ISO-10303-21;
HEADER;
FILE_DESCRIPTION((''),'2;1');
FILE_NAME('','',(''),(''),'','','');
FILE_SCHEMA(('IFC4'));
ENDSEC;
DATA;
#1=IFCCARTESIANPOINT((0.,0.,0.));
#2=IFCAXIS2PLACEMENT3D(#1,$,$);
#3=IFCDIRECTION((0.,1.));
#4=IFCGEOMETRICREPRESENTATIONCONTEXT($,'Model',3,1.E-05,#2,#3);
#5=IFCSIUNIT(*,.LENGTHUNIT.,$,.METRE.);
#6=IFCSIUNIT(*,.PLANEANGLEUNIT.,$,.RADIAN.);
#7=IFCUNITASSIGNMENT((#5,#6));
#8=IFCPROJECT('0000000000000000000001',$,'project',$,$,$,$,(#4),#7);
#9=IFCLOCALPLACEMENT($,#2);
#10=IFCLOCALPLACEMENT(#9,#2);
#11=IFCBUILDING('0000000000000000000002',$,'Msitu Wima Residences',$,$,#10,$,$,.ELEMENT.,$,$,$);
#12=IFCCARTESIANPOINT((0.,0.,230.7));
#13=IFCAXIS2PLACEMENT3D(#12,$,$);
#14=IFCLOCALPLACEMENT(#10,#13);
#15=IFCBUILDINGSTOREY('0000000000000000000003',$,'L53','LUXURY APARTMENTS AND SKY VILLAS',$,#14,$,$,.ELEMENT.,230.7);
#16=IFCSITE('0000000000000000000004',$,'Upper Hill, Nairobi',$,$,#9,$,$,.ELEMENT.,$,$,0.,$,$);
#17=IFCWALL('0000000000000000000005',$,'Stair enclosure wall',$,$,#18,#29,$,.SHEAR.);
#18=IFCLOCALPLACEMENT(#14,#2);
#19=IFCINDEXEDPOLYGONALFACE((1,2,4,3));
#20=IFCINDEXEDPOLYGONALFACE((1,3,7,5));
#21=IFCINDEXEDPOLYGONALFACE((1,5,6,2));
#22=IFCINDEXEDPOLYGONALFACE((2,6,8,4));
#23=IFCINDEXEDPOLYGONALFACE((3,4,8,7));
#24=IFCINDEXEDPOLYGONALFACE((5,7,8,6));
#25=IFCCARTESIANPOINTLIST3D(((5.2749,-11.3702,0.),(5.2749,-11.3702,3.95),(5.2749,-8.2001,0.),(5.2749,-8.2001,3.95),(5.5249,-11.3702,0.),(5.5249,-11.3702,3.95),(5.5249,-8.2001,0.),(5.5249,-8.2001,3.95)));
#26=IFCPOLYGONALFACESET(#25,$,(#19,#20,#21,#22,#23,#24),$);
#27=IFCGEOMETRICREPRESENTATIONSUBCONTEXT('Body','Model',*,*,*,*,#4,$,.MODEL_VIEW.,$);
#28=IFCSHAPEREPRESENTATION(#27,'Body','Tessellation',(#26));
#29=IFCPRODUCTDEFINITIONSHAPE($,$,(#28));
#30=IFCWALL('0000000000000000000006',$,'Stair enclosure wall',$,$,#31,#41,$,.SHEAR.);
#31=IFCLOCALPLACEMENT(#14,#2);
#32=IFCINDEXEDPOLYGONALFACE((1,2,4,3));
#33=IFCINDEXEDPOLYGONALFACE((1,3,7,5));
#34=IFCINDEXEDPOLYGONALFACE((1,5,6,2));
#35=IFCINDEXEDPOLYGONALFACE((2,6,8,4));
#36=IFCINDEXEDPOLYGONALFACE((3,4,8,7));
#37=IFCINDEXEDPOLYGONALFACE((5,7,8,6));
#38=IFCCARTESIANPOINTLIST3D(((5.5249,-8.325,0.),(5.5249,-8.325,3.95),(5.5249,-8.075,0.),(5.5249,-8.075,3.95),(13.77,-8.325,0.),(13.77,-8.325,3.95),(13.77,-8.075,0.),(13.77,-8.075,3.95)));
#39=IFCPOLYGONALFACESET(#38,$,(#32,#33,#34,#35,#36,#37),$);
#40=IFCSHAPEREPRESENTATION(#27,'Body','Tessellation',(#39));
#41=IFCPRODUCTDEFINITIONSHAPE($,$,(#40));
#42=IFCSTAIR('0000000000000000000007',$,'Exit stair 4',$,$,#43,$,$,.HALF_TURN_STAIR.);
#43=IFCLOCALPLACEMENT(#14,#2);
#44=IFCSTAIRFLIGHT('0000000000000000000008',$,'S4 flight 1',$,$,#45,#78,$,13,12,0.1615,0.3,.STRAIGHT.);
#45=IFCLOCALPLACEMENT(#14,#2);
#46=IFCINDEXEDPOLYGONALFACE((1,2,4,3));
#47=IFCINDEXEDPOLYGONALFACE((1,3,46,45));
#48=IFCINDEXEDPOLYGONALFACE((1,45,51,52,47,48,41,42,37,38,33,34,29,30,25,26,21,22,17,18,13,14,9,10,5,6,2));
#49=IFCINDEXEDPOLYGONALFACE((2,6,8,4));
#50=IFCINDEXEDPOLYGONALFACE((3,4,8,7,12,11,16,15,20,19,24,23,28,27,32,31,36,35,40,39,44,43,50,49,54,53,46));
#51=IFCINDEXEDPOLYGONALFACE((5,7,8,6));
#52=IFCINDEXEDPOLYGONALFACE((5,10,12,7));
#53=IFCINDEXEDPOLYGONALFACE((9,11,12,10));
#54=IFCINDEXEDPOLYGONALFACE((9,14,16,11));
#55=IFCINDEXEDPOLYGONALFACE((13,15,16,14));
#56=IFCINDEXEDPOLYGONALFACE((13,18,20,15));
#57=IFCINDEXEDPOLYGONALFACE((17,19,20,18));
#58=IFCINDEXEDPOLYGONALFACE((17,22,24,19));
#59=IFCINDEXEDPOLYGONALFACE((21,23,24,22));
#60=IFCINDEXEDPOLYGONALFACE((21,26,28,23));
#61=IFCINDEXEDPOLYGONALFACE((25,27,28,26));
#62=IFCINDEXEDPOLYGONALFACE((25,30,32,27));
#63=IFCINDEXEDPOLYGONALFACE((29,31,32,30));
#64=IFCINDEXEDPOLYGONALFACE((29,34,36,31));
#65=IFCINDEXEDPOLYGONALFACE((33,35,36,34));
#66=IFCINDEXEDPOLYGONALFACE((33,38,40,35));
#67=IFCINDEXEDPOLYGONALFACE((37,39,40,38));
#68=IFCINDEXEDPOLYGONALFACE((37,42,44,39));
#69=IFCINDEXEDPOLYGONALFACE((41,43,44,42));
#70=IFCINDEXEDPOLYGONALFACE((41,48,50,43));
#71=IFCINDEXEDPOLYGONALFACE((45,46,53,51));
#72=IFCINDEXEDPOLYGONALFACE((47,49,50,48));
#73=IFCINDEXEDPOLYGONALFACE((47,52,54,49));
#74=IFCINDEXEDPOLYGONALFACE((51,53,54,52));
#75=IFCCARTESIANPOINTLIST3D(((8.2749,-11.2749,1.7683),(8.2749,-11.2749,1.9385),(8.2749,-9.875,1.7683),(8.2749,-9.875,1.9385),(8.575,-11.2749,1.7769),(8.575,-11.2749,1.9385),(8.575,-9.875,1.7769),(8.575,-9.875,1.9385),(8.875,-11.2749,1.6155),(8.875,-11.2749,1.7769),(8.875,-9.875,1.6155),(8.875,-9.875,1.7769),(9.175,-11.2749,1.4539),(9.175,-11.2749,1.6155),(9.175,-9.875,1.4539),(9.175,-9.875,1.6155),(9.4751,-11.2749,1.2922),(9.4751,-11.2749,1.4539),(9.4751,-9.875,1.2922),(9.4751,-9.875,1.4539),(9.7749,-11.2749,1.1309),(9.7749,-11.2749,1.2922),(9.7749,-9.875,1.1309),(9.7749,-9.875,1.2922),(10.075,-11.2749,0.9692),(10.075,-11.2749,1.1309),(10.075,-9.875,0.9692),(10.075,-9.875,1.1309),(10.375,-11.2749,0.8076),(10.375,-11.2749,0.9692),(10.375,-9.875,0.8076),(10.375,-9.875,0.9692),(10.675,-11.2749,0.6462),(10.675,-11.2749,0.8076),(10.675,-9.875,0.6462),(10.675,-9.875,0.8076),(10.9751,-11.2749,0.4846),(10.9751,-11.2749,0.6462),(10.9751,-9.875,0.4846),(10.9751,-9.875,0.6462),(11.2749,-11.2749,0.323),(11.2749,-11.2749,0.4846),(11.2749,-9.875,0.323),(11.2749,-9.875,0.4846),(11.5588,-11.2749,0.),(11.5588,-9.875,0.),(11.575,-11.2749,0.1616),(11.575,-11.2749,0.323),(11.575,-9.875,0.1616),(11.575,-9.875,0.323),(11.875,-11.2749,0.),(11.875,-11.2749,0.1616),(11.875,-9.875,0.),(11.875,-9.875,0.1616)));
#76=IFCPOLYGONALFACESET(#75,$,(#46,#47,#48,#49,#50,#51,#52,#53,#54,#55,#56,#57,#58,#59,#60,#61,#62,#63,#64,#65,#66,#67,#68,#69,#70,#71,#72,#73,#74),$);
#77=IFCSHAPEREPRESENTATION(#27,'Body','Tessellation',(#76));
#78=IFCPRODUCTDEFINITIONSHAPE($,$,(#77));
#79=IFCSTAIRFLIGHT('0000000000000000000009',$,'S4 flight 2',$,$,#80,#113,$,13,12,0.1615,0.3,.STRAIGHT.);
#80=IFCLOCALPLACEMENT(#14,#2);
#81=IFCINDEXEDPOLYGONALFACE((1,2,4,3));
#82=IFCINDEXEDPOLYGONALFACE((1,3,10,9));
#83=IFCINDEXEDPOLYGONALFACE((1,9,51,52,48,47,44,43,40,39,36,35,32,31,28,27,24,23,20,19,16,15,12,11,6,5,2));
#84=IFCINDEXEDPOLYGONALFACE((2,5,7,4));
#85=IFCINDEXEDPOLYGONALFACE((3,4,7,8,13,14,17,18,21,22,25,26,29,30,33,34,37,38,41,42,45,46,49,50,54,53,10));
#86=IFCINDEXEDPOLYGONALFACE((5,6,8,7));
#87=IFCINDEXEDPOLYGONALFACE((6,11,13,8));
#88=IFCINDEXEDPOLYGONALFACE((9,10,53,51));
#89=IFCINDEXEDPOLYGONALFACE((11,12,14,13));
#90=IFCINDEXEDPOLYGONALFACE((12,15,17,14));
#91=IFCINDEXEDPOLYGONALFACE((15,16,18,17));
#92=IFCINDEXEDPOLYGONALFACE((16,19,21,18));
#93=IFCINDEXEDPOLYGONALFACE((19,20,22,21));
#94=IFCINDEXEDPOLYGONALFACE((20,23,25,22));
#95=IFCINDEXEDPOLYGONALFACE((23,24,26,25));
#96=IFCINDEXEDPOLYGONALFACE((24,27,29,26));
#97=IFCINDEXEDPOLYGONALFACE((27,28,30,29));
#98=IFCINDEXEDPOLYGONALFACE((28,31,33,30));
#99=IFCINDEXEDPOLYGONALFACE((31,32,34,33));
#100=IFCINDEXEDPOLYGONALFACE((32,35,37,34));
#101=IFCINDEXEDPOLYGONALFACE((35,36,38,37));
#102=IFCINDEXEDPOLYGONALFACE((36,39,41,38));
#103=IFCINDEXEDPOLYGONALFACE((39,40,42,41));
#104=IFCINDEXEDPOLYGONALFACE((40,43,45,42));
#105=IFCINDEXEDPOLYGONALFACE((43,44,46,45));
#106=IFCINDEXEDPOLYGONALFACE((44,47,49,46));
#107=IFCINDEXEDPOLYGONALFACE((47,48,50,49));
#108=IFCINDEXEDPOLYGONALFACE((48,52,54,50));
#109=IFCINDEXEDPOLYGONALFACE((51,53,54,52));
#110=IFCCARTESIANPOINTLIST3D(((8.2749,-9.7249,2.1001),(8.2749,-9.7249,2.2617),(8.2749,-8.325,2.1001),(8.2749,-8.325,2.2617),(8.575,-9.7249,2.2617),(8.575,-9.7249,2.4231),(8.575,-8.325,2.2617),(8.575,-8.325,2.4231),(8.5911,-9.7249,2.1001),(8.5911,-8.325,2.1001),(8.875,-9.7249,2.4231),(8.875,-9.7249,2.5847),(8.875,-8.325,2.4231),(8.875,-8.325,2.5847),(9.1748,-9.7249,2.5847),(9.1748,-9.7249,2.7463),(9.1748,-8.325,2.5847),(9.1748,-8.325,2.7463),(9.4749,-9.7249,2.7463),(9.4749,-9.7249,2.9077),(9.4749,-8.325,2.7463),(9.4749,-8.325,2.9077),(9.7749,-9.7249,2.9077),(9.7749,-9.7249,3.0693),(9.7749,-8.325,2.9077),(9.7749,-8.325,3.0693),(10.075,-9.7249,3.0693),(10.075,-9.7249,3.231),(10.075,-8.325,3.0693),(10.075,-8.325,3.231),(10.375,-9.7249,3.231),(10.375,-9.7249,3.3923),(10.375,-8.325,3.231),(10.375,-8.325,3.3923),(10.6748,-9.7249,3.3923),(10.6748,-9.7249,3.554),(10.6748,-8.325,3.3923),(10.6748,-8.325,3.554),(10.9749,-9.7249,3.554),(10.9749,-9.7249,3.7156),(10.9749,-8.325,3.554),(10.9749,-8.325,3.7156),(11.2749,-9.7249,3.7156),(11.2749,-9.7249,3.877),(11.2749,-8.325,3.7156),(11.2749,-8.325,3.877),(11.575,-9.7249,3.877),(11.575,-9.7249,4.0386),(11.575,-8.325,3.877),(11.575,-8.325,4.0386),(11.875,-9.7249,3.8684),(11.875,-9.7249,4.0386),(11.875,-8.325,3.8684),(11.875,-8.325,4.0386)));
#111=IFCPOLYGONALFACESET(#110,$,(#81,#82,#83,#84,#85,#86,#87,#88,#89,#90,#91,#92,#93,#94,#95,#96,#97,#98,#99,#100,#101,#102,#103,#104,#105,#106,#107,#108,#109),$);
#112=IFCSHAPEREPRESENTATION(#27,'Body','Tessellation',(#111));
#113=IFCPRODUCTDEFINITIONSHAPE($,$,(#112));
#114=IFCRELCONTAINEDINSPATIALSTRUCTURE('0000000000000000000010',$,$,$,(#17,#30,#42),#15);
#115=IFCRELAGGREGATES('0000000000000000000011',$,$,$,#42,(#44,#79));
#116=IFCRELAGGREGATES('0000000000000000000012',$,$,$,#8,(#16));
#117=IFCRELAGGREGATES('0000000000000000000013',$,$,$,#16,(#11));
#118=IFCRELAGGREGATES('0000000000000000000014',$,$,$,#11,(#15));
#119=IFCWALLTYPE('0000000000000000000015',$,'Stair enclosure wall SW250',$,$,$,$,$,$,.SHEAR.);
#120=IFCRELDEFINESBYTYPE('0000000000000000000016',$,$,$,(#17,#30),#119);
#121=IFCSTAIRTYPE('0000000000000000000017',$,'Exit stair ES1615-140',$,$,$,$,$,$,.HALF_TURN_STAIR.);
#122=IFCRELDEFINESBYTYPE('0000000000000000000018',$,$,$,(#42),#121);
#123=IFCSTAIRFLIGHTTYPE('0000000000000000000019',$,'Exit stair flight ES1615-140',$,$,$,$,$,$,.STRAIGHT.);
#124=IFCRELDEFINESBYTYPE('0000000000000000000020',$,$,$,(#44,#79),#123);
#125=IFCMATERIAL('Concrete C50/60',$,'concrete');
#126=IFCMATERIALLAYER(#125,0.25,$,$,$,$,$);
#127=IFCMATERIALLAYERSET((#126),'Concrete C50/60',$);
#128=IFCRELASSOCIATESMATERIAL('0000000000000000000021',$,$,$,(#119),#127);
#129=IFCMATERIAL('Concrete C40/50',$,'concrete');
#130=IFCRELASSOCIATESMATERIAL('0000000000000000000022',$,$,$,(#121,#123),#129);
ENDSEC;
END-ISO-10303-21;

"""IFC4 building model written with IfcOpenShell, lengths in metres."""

from ifc_helpers import new_model, si_unit, direction, frame, frame_2d, origin, place, context, subcontext, project, spatial, polyline, rectangle, outline, extrude, material, layer, layer_set, type_object, element, aggregate, save


model = new_model("IFC4")

# Units and contexts
model_context = context("Model", 3, precision=1e-05, world=origin(), true_north=direction((0.0, 1.0)))
body_context = subcontext(model_context, "Body", "Model", "MODEL_VIEW")
ifc_project = project(units=[si_unit("LENGTHUNIT", "METRE"), si_unit("PLANEANGLEUNIT", "RADIAN")], contexts=[model_context])

# Site, building, storey
site_placement = place(None, origin())
site = spatial("IfcSite", under=ifc_project, at=site_placement, Name="Upper Hill, Nairobi", CompositionType="ELEMENT", RefElevation=0.0)
building_placement = place(site_placement, origin())
building = spatial("IfcBuilding", under=site, at=building_placement, Name="Msitu Wima Residences", CompositionType="ELEMENT")
storey_placement = place(building_placement, frame((0.0, 0.0, 230.7)))
storey = spatial("IfcBuildingStorey", under=building, at=storey_placement, Name="L53", Description="LUXURY APARTMENTS AND SKY VILLAS", CompositionType="ELEMENT", Elevation=230.7)

# Shared definitions
ifc_material_1 = material(Name="Concrete C40/50", Category="concrete")

# Walls
ifc_material_2 = material(Name="Concrete C50/60", Category="concrete")
ifc_layer_1 = layer(ifc_material_2, 0.25)
ifc_layer_set_1 = layer_set([ifc_layer_1], Name="Concrete C50/60")
wall_type_1 = type_object("IfcWallType", Name="Stair enclosure wall SW250", PredefinedType="SHEAR", material=ifc_layer_set_1)
wall_1_placement = place(storey_placement, frame((5.3999, -11.3701, 0.0), z_axis=(0.0, 0.0, 1.0), x_axis=(0.0, 1.0, 0.0)))
element("IfcWall", 1, at=wall_1_placement, inside=storey, type_object=wall_type_1, Name="Stair enclosure wall", PredefinedType="SHEAR", context=body_context, shape_type="SweptSolid", body=[
    extrude(rectangle(XDim=3.1702, YDim=0.25, at=frame_2d((1.585, 0.0))), origin(), (0.0, 0.0, 1.0), 3.95),
])
wall_2_placement = place(storey_placement, frame((5.5249, -8.2, 0.0), z_axis=(0.0, 0.0, 1.0), x_axis=(1.0, 0.0, 0.0)))
element("IfcWall", 2, at=wall_2_placement, inside=storey, type_object=wall_type_1, Name="Stair enclosure wall", PredefinedType="SHEAR", context=body_context, shape_type="SweptSolid", body=[
    extrude(rectangle(XDim=8.2451, YDim=0.25, at=frame_2d((4.1226, 0.0))), origin(), (0.0, 0.0, 1.0), 3.95),
])

# Stair, stair flights
stair_type = type_object("IfcStairType", Name="Exit stair ES1615-140", PredefinedType="HALF_TURN_STAIR", material=ifc_material_1)
stair_placement = place(storey_placement, origin())
stair = element("IfcStair", 3, at=stair_placement, inside=storey, type_object=stair_type, Name="Exit stair 4", PredefinedType="HALF_TURN_STAIR")
stair_flight_type = type_object("IfcStairFlightType", Name="Exit stair flight ES1615-140", PredefinedType="STRAIGHT", material=ifc_material_1)
stair_flight_1_placement = place(storey_placement, frame((11.875, -10.575, 0.0), z_axis=(0.0, 0.0, 1.0), x_axis=(-1.0, 0.0, 0.0)))
stair_flight_1 = element("IfcStairFlight", 4, at=stair_flight_1_placement, type_object=stair_flight_type, Name="S4 flight 1", NumberOfRisers=13, NumberOfTreads=12, PredefinedType="STRAIGHT", RiserHeight=0.1615, TreadLength=0.3, context=body_context, shape_type="SweptSolid", body=[
    extrude(outline(polyline([(0.0, 0.0), (0.0, 0.1616), (0.3, 0.1616), (0.3, 0.323), (0.6001, 0.323), (0.6001, 0.4846), (0.8999, 0.4846), (0.8999, 0.6462), (1.2, 0.6462), (1.2, 0.8076), (1.5, 0.8076), (1.5, 0.9692), (1.8, 0.9692), (1.8, 1.1309), (2.1001, 1.1309), (2.1001, 1.2922), (2.3999, 1.2922), (2.3999, 1.4539), (2.7, 1.4539), (2.7, 1.6155), (3.0, 1.6155), (3.0, 1.7769), (3.3, 1.7769), (3.3, 1.9385), (3.6001, 1.9385), (3.6001, 2.1001), (3.6001, 1.7683), (0.3162, 0.0), (0.0, 0.0)])), frame((0.0, 0.7, 0.0), z_axis=(0.0, -1.0, 0.0), x_axis=(1.0, 0.0, 0.0)), (0.0, 0.0, 1.0), 1.3999),
])
stair_flight_2_placement = place(storey_placement, frame((8.2749, -9.0249, 2.1001), z_axis=(0.0, 0.0, 1.0), x_axis=(1.0, 0.0, 0.0)))
stair_flight_2 = element("IfcStairFlight", 5, at=stair_flight_2_placement, type_object=stair_flight_type, Name="S4 flight 2", NumberOfRisers=13, NumberOfTreads=12, PredefinedType="STRAIGHT", RiserHeight=0.1615, TreadLength=0.3, context=body_context, shape_type="SweptSolid", body=[
    extrude(outline(polyline([(0.0, 0.0), (0.0, 0.1616), (0.3, 0.1616), (0.3, 0.323), (0.6001, 0.323), (0.6001, 0.4846), (0.8999, 0.4846), (0.8999, 0.6462), (1.2, 0.6462), (1.2, 0.8076), (1.5, 0.8076), (1.5, 0.9692), (1.8, 0.9692), (1.8, 1.1309), (2.1001, 1.1309), (2.1001, 1.2922), (2.3999, 1.2922), (2.3999, 1.4539), (2.7, 1.4539), (2.7, 1.6155), (3.0, 1.6155), (3.0, 1.7769), (3.3, 1.7769), (3.3, 1.9385), (3.6001, 1.9385), (3.6001, 2.1001), (3.6001, 1.7683), (0.3162, 0.0), (0.0, 0.0)])), frame((0.0, 0.7, 0.0), z_axis=(0.0, -1.0, 0.0), x_axis=(1.0, 0.0, 0.0)), (0.0, 0.0, 1.0), 1.3999),
])
aggregate(stair, [stair_flight_1, stair_flight_2])

save(model, "model.ifc")
